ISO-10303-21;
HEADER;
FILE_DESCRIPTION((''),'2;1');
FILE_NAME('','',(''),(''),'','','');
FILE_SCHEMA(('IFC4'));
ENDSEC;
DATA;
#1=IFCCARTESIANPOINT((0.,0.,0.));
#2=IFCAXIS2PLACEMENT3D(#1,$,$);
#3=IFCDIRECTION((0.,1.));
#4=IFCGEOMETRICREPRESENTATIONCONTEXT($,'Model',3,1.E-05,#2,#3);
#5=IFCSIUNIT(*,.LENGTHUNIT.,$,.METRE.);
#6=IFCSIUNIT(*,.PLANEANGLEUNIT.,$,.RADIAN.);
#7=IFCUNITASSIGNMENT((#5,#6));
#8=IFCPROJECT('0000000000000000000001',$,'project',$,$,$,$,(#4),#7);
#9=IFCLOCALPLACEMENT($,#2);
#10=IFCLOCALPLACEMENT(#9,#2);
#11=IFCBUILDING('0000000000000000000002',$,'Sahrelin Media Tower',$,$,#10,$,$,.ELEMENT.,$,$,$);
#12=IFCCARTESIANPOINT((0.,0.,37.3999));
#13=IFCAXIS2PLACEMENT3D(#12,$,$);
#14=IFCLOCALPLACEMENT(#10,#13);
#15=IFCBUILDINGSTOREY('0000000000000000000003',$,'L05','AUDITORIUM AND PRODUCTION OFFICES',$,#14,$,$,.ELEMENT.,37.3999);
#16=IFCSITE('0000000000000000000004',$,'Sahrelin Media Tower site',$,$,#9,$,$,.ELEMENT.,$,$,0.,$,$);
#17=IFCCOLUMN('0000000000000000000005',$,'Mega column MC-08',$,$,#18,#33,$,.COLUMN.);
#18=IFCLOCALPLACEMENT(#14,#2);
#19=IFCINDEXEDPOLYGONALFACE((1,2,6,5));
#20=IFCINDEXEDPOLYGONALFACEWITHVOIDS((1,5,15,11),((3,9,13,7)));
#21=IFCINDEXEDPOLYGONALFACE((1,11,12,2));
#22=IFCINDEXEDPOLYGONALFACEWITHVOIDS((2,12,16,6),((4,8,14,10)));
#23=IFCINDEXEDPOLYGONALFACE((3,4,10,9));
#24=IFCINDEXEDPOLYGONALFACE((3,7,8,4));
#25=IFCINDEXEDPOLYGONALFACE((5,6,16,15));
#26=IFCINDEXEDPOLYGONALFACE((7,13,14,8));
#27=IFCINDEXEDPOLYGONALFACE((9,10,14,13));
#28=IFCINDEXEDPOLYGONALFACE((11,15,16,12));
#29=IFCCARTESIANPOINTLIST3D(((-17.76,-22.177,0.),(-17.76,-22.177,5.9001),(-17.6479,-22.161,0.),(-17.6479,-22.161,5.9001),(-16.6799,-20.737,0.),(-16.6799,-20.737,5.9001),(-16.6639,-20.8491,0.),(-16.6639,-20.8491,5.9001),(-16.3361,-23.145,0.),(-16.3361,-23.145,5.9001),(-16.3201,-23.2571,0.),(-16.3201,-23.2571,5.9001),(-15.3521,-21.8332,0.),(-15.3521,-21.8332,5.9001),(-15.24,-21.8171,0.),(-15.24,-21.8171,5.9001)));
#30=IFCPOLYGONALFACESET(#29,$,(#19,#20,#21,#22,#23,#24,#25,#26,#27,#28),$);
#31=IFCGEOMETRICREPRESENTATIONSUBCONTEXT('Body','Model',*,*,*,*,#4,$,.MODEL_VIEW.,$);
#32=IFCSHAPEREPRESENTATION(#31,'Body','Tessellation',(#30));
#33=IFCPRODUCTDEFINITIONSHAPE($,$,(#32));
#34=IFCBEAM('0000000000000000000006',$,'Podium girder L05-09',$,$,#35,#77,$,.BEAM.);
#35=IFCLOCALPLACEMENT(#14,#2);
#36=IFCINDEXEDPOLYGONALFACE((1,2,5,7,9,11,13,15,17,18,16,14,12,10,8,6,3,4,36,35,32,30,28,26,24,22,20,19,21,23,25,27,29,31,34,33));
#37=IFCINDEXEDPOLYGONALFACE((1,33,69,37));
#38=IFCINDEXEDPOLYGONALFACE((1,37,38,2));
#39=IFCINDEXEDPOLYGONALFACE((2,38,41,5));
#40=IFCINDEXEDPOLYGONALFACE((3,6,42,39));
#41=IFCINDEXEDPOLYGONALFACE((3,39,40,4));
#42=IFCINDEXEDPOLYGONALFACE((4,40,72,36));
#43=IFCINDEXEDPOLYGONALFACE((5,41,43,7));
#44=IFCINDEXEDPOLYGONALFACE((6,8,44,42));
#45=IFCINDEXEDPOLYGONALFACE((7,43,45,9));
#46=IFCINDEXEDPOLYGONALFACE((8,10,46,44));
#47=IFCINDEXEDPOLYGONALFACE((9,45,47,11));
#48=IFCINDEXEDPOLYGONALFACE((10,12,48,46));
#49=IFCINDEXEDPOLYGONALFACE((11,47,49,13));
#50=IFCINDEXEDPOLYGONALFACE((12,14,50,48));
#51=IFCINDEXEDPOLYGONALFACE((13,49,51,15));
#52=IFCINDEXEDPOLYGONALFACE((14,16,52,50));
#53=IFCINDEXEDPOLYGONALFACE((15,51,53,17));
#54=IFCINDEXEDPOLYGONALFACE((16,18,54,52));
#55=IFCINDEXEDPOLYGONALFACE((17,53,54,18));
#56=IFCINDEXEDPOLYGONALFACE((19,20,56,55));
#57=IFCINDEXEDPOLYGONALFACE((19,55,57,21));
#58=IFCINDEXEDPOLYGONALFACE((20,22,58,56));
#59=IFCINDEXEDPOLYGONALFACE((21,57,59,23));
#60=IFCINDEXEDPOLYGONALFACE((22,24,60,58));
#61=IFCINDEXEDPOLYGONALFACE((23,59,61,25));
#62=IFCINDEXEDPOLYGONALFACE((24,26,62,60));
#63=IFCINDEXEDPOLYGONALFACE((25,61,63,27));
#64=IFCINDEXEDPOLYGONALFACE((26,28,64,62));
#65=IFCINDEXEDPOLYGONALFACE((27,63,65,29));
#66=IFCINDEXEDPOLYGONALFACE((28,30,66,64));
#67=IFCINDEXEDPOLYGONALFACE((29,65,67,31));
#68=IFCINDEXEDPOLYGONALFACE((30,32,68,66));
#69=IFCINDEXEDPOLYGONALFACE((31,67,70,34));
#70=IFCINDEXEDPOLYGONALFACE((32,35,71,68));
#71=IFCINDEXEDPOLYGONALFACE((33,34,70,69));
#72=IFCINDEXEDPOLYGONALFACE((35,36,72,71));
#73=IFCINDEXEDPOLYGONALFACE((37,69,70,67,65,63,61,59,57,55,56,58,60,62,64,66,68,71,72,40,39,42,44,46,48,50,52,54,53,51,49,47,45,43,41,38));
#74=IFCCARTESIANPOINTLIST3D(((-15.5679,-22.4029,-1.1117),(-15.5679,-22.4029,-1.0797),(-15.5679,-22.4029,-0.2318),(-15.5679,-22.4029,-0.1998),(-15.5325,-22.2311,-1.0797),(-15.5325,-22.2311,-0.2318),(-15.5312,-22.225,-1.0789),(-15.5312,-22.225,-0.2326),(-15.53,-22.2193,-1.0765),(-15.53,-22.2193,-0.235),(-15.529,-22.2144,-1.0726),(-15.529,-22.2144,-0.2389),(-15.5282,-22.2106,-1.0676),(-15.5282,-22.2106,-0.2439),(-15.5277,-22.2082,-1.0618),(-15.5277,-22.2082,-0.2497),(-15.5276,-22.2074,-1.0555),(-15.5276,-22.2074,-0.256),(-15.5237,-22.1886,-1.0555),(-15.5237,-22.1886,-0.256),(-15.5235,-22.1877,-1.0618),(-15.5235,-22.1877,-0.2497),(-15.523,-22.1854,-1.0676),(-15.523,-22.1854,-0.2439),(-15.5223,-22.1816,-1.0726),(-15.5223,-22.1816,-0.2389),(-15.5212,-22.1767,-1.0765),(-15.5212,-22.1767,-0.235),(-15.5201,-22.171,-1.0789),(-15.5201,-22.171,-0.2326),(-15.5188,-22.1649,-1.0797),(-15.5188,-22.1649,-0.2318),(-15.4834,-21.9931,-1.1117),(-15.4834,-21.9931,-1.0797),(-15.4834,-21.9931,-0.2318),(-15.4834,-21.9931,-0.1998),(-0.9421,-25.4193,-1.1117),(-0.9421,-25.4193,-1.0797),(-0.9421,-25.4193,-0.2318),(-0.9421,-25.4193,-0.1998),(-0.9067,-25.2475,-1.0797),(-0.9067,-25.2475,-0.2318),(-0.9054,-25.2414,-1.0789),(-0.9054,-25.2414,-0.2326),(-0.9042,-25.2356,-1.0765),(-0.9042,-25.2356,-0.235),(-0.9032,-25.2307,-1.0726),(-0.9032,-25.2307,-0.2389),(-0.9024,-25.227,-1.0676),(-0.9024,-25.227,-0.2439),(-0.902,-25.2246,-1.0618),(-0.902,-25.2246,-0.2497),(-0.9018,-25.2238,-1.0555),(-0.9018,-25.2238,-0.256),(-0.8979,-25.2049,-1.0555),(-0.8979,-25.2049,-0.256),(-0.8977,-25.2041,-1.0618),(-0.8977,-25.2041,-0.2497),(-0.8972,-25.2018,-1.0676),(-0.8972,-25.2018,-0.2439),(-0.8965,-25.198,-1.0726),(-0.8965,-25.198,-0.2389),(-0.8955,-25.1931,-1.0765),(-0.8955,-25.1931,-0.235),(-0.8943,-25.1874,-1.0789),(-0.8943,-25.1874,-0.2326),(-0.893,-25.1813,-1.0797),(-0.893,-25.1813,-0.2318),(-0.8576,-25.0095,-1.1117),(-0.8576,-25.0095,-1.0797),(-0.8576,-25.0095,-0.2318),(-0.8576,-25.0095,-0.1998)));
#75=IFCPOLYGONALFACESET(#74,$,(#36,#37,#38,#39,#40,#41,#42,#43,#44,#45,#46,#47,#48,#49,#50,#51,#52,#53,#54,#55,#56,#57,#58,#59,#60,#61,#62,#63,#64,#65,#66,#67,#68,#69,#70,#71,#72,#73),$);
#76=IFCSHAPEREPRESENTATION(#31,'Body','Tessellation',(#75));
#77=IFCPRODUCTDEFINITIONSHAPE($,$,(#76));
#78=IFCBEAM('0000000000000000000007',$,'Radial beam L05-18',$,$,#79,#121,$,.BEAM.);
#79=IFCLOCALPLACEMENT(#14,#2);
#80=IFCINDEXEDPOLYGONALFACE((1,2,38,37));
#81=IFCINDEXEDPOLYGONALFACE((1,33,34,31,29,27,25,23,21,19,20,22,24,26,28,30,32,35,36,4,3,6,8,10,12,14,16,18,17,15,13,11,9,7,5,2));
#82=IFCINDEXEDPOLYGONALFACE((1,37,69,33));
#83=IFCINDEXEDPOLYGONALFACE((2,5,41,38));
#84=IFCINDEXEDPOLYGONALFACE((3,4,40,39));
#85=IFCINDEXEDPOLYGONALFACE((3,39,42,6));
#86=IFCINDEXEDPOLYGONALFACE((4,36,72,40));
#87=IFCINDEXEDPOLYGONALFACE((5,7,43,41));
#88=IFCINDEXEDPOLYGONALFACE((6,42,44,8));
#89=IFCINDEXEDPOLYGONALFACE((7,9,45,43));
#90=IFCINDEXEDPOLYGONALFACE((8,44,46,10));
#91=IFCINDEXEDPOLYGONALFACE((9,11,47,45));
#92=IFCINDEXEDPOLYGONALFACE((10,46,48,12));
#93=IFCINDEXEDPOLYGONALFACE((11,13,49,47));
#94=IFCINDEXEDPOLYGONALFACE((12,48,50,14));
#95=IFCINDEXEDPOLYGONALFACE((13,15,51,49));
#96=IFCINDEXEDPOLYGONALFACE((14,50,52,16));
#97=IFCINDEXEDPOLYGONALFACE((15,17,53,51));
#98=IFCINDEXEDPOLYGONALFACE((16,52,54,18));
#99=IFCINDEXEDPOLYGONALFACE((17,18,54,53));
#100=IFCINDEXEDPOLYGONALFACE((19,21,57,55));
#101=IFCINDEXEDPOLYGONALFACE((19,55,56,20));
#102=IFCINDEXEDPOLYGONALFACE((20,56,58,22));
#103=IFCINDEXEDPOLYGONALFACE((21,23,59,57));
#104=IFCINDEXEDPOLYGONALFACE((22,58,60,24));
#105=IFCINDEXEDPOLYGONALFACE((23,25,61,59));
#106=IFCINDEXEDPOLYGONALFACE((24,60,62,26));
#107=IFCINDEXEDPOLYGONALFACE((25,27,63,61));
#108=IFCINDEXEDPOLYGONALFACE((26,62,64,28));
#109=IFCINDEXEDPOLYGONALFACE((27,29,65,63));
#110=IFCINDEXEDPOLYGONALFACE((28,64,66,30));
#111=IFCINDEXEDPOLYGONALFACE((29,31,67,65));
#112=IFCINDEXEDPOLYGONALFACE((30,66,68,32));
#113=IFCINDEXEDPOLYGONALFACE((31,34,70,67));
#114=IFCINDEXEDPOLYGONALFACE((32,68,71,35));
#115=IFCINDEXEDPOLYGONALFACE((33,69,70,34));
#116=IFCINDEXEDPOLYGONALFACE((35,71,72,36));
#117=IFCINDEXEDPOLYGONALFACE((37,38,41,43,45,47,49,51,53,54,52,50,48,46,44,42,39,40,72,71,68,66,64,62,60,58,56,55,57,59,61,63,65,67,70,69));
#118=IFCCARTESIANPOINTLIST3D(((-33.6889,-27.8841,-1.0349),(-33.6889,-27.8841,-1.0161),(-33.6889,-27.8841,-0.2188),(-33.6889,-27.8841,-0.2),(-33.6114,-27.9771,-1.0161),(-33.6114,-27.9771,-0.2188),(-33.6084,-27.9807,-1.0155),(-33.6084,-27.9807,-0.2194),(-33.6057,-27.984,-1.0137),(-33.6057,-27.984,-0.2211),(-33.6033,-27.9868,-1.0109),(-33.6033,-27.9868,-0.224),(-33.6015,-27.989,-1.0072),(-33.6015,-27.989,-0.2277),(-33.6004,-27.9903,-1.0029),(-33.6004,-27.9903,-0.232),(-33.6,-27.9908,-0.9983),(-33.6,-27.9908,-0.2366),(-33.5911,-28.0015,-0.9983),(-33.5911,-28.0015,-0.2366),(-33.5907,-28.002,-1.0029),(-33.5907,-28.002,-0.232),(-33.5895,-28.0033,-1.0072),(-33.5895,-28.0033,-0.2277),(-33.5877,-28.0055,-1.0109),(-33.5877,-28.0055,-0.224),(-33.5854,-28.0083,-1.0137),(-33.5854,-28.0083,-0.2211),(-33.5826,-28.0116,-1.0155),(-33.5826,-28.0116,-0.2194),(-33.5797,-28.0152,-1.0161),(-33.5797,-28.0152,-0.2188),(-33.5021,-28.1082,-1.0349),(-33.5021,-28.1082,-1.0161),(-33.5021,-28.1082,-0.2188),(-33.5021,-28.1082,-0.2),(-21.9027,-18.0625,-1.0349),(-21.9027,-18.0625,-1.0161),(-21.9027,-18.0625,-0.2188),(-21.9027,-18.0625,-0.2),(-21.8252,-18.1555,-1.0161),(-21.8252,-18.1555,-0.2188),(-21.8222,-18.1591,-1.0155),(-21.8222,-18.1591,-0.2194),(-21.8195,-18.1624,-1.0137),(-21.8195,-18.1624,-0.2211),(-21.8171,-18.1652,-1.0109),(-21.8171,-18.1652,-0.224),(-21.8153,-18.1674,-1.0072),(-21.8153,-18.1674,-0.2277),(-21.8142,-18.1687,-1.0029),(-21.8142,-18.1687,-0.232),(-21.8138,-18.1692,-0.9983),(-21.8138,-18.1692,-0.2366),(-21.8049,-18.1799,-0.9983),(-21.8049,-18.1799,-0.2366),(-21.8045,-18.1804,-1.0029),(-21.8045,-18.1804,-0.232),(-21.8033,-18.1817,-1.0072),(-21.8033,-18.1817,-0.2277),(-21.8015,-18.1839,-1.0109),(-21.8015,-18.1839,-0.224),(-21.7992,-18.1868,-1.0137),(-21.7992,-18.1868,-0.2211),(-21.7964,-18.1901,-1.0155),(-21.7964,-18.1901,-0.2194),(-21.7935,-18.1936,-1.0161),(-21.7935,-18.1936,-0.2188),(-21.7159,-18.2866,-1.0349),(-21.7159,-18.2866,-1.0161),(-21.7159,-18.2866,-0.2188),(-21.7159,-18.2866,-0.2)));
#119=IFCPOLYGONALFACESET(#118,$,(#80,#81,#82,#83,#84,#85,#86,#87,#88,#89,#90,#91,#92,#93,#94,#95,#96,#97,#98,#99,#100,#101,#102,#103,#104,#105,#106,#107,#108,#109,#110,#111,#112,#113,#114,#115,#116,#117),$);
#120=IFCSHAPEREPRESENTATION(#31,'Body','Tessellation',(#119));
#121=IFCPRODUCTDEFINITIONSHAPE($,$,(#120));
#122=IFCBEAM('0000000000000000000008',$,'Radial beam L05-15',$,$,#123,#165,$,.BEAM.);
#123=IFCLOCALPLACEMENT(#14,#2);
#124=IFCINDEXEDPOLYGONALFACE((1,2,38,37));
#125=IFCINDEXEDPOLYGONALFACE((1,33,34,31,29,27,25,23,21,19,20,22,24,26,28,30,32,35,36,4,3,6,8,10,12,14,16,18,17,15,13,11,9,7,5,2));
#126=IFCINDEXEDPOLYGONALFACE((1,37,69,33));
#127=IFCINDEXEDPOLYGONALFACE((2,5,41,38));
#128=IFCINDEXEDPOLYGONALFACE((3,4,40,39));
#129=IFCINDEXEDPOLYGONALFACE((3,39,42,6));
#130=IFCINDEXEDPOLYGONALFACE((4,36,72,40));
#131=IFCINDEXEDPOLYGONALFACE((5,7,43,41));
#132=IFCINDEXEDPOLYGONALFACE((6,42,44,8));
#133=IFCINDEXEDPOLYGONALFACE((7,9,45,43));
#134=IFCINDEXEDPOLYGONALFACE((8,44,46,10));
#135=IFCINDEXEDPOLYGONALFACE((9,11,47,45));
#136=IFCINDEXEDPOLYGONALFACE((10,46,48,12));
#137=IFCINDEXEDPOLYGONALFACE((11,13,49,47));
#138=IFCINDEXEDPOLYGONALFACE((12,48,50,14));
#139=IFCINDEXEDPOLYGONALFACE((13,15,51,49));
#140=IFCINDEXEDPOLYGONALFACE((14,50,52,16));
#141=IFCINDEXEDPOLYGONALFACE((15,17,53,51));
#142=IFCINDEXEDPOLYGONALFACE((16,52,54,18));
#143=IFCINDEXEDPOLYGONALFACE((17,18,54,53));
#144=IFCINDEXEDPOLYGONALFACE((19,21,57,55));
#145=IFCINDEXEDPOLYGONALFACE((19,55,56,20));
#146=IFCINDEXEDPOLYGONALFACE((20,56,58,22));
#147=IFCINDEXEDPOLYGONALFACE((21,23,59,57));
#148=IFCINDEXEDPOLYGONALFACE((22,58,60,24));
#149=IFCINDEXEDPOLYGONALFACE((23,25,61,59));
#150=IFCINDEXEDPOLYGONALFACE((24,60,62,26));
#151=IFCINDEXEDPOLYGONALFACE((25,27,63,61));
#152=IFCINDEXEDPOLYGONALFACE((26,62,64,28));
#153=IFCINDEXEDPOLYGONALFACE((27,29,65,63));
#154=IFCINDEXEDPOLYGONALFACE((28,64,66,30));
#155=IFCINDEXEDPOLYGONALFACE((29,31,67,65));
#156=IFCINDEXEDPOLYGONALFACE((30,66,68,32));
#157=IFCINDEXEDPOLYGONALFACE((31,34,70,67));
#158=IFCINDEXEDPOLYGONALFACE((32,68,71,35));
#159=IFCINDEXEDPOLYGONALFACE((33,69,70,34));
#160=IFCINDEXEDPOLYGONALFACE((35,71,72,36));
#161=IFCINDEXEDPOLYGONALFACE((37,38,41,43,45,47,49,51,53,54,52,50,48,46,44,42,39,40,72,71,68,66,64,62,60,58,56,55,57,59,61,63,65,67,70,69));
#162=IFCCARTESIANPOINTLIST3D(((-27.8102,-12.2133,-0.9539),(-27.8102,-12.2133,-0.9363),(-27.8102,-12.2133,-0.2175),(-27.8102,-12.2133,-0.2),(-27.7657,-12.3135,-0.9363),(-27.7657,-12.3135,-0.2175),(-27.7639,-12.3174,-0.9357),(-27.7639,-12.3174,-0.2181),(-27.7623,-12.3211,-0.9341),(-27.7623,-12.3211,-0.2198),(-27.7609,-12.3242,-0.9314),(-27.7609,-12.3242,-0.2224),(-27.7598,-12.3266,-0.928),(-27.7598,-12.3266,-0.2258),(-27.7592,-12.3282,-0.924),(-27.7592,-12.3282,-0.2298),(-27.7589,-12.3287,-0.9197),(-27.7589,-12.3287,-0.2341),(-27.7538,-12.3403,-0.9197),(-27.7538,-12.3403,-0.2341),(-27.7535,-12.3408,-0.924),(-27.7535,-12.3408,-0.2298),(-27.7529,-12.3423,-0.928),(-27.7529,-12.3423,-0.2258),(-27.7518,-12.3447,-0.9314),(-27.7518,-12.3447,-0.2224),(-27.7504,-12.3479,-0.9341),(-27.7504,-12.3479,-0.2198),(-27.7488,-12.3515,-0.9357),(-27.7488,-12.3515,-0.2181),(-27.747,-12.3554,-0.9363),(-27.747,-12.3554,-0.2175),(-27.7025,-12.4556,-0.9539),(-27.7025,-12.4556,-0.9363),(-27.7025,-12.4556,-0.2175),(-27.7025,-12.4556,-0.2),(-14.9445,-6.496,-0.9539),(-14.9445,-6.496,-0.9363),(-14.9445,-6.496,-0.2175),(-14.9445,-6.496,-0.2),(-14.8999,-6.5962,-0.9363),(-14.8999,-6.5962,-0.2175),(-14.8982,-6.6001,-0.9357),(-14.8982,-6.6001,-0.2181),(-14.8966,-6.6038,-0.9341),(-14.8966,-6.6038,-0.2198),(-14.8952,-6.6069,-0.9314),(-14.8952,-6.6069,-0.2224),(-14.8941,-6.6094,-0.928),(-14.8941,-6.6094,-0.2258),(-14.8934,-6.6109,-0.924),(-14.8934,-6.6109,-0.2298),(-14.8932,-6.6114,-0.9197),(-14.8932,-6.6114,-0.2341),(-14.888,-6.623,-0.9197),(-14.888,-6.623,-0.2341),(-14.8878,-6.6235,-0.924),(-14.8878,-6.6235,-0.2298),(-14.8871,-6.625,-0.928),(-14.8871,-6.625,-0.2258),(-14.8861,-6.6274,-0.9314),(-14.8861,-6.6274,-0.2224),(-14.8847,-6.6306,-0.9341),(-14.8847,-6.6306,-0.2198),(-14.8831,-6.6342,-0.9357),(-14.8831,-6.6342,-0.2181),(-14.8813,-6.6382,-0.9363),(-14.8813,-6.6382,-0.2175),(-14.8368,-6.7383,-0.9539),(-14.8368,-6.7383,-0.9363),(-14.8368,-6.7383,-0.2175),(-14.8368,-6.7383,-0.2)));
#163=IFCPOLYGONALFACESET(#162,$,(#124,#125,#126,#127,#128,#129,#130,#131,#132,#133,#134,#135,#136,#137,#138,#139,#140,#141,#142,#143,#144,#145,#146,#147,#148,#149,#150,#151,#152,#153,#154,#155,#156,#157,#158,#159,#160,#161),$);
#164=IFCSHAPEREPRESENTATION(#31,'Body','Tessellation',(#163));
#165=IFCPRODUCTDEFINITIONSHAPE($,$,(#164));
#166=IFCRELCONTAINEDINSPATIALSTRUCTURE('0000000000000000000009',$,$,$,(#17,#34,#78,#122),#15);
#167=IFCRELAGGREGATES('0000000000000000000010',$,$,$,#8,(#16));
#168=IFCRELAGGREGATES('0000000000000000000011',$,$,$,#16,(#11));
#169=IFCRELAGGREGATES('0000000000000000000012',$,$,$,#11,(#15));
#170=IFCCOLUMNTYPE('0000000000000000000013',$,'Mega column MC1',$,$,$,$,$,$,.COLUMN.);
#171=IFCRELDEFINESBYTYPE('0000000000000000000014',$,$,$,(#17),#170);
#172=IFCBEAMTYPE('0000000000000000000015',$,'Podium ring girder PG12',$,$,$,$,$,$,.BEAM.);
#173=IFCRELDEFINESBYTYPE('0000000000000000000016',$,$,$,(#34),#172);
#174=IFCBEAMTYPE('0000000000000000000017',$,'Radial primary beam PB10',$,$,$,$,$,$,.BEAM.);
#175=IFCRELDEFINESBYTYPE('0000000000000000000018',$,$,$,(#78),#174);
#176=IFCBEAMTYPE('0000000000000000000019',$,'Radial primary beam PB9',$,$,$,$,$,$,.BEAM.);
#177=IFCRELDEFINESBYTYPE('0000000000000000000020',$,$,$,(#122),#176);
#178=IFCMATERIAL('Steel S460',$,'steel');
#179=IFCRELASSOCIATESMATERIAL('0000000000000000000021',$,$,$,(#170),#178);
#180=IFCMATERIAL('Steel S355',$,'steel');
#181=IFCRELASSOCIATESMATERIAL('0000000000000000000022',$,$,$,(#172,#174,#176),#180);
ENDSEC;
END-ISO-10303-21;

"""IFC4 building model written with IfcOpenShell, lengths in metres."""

from ifc_helpers import new_model, si_unit, direction, frame, origin, origin_2d, place, context, subcontext, project, spatial, hollow_rectangle, i_section, extrude, material, material_profile, profile_set, type_object, element, save


model = new_model("IFC4")

# Units and contexts
model_context = context("Model", 3, precision=1e-05, world=origin(), true_north=direction((0.0, 1.0)))
body_context = subcontext(model_context, "Body", "Model", "MODEL_VIEW")
ifc_project = project(units=[si_unit("LENGTHUNIT", "METRE"), si_unit("PLANEANGLEUNIT", "RADIAN")], contexts=[model_context])

# Site, building, storey
site_placement = place(None, origin())
site = spatial("IfcSite", under=ifc_project, at=site_placement, Name="Sahrelin Media Tower site", CompositionType="ELEMENT", RefElevation=0.0)
building_placement = place(site_placement, origin())
building = spatial("IfcBuilding", under=site, at=building_placement, Name="Sahrelin Media Tower", CompositionType="ELEMENT")
storey_placement = place(building_placement, frame((0.0, 0.0, 37.3999)))
storey = spatial("IfcBuildingStorey", under=building, at=storey_placement, Name="L05", Description="AUDITORIUM AND PRODUCTION OFFICES", CompositionType="ELEMENT", Elevation=37.3999)

# Column
ifc_material_1 = material(Name="Steel S460", Category="steel")
ifc_material_profile_1 = material_profile(ifc_material_1, hollow_rectangle(XDim=1.8, YDim=1.8, WallThickness=0.0801, at=origin_2d()), Name="Mega column MC1")
ifc_profile_set_1 = profile_set([ifc_material_profile_1], Name="Steel S460")
column_type = type_object("IfcColumnType", Name="Mega column MC1", PredefinedType="COLUMN", material=ifc_profile_set_1)
column_placement = place(storey_placement, frame((-16.5, -21.9971, 0.0), z_axis=(0.0, 0.0, 1.0), x_axis=(-0.600052, -0.799961, 0.0)))
element("IfcColumn", 1, at=column_placement, inside=storey, type_object=column_type, Name="Mega column MC-08", PredefinedType="COLUMN", context=body_context, shape_type="SweptSolid", body=[
    extrude(hollow_rectangle(XDim=1.8, YDim=1.8, WallThickness=0.0801, at=origin_2d()), origin(), (0.0, 0.0, 1.0), 5.9001),
])

# Beams
ifc_material_2 = material(Name="Steel S355", Category="steel")
ifc_material_profile_2 = material_profile(ifc_material_2, i_section(OverallWidth=0.4185, OverallDepth=0.9119, WebThickness=0.0193, FlangeThickness=0.032, FilletRadius=0.0242, at=origin_2d()), Name="UB 914x419x343")
ifc_profile_set_2 = profile_set([ifc_material_profile_2], Name="Steel S355")
beam_type_1 = type_object("IfcBeamType", Name="Podium ring girder PG12", PredefinedType="BEAM", material=ifc_profile_set_2)
beam_1_placement = place(storey_placement, frame((-15.5256, -22.198, -0.6558), z_axis=(0.979389, -0.201985, 0.0), x_axis=(0.201985, 0.979389, 0.0)))
element("IfcBeam", 2, at=beam_1_placement, inside=storey, type_object=beam_type_1, Name="Podium girder L05-09", PredefinedType="BEAM", context=body_context, shape_type="SweptSolid", body=[
    extrude(i_section(OverallWidth=0.4185, OverallDepth=0.9119, WebThickness=0.0193, FlangeThickness=0.032, FilletRadius=0.0242, at=origin_2d()), origin(), (0.0, 0.0, 1.0), 14.9336),
])
ifc_material_profile_3 = material_profile(ifc_material_2, i_section(OverallWidth=0.2917, OverallDepth=0.835, WebThickness=0.0139, FlangeThickness=0.0188, FilletRadius=0.0178, at=origin_2d()), Name="UB 838x292x176")
ifc_profile_set_3 = profile_set([ifc_material_profile_3], Name="Steel S355")
beam_type_2 = type_object("IfcBeamType", Name="Radial primary beam PB10", PredefinedType="BEAM", material=ifc_profile_set_3)
beam_2_placement = place(storey_placement, frame((-21.8093, -18.1746, -0.6174), z_axis=(-0.768229, -0.640175, 0.0), x_axis=(0.640175, -0.768229, 0.0)))
element("IfcBeam", 3, at=beam_2_placement, inside=storey, type_object=beam_type_2, Name="Radial beam L05-18", PredefinedType="BEAM", context=body_context, shape_type="SweptSolid", body=[
    extrude(i_section(OverallWidth=0.2917, OverallDepth=0.835, WebThickness=0.0139, FlangeThickness=0.0188, FilletRadius=0.0178, at=origin_2d()), origin(), (0.0, 0.0, 1.0), 15.342),
])
ifc_material_profile_4 = material_profile(ifc_material_2, i_section(OverallWidth=0.2651, OverallDepth=0.7539, WebThickness=0.0127, FlangeThickness=0.0176, FilletRadius=0.0166, at=origin_2d()), Name="UB 762x267x147")
ifc_profile_set_4 = profile_set([ifc_material_profile_4], Name="Steel S355")
beam_type_3 = type_object("IfcBeamType", Name="Radial primary beam PB9", PredefinedType="BEAM", material=ifc_profile_set_4)
beam_3_placement = place(storey_placement, frame((-14.8906, -6.6172, -0.5769), z_axis=(-0.913833, -0.40609, 0.0), x_axis=(0.40609, -0.913833, 0.0)))
element("IfcBeam", 4, at=beam_3_placement, inside=storey, type_object=beam_type_3, Name="Radial beam L05-15", PredefinedType="BEAM", context=body_context, shape_type="SweptSolid", body=[
    extrude(i_section(OverallWidth=0.2651, OverallDepth=0.7539, WebThickness=0.0127, FlangeThickness=0.0176, FilletRadius=0.0166, at=origin_2d()), origin(), (0.0, 0.0, 1.0), 14.0789),
])

save(model, "model.ifc")
